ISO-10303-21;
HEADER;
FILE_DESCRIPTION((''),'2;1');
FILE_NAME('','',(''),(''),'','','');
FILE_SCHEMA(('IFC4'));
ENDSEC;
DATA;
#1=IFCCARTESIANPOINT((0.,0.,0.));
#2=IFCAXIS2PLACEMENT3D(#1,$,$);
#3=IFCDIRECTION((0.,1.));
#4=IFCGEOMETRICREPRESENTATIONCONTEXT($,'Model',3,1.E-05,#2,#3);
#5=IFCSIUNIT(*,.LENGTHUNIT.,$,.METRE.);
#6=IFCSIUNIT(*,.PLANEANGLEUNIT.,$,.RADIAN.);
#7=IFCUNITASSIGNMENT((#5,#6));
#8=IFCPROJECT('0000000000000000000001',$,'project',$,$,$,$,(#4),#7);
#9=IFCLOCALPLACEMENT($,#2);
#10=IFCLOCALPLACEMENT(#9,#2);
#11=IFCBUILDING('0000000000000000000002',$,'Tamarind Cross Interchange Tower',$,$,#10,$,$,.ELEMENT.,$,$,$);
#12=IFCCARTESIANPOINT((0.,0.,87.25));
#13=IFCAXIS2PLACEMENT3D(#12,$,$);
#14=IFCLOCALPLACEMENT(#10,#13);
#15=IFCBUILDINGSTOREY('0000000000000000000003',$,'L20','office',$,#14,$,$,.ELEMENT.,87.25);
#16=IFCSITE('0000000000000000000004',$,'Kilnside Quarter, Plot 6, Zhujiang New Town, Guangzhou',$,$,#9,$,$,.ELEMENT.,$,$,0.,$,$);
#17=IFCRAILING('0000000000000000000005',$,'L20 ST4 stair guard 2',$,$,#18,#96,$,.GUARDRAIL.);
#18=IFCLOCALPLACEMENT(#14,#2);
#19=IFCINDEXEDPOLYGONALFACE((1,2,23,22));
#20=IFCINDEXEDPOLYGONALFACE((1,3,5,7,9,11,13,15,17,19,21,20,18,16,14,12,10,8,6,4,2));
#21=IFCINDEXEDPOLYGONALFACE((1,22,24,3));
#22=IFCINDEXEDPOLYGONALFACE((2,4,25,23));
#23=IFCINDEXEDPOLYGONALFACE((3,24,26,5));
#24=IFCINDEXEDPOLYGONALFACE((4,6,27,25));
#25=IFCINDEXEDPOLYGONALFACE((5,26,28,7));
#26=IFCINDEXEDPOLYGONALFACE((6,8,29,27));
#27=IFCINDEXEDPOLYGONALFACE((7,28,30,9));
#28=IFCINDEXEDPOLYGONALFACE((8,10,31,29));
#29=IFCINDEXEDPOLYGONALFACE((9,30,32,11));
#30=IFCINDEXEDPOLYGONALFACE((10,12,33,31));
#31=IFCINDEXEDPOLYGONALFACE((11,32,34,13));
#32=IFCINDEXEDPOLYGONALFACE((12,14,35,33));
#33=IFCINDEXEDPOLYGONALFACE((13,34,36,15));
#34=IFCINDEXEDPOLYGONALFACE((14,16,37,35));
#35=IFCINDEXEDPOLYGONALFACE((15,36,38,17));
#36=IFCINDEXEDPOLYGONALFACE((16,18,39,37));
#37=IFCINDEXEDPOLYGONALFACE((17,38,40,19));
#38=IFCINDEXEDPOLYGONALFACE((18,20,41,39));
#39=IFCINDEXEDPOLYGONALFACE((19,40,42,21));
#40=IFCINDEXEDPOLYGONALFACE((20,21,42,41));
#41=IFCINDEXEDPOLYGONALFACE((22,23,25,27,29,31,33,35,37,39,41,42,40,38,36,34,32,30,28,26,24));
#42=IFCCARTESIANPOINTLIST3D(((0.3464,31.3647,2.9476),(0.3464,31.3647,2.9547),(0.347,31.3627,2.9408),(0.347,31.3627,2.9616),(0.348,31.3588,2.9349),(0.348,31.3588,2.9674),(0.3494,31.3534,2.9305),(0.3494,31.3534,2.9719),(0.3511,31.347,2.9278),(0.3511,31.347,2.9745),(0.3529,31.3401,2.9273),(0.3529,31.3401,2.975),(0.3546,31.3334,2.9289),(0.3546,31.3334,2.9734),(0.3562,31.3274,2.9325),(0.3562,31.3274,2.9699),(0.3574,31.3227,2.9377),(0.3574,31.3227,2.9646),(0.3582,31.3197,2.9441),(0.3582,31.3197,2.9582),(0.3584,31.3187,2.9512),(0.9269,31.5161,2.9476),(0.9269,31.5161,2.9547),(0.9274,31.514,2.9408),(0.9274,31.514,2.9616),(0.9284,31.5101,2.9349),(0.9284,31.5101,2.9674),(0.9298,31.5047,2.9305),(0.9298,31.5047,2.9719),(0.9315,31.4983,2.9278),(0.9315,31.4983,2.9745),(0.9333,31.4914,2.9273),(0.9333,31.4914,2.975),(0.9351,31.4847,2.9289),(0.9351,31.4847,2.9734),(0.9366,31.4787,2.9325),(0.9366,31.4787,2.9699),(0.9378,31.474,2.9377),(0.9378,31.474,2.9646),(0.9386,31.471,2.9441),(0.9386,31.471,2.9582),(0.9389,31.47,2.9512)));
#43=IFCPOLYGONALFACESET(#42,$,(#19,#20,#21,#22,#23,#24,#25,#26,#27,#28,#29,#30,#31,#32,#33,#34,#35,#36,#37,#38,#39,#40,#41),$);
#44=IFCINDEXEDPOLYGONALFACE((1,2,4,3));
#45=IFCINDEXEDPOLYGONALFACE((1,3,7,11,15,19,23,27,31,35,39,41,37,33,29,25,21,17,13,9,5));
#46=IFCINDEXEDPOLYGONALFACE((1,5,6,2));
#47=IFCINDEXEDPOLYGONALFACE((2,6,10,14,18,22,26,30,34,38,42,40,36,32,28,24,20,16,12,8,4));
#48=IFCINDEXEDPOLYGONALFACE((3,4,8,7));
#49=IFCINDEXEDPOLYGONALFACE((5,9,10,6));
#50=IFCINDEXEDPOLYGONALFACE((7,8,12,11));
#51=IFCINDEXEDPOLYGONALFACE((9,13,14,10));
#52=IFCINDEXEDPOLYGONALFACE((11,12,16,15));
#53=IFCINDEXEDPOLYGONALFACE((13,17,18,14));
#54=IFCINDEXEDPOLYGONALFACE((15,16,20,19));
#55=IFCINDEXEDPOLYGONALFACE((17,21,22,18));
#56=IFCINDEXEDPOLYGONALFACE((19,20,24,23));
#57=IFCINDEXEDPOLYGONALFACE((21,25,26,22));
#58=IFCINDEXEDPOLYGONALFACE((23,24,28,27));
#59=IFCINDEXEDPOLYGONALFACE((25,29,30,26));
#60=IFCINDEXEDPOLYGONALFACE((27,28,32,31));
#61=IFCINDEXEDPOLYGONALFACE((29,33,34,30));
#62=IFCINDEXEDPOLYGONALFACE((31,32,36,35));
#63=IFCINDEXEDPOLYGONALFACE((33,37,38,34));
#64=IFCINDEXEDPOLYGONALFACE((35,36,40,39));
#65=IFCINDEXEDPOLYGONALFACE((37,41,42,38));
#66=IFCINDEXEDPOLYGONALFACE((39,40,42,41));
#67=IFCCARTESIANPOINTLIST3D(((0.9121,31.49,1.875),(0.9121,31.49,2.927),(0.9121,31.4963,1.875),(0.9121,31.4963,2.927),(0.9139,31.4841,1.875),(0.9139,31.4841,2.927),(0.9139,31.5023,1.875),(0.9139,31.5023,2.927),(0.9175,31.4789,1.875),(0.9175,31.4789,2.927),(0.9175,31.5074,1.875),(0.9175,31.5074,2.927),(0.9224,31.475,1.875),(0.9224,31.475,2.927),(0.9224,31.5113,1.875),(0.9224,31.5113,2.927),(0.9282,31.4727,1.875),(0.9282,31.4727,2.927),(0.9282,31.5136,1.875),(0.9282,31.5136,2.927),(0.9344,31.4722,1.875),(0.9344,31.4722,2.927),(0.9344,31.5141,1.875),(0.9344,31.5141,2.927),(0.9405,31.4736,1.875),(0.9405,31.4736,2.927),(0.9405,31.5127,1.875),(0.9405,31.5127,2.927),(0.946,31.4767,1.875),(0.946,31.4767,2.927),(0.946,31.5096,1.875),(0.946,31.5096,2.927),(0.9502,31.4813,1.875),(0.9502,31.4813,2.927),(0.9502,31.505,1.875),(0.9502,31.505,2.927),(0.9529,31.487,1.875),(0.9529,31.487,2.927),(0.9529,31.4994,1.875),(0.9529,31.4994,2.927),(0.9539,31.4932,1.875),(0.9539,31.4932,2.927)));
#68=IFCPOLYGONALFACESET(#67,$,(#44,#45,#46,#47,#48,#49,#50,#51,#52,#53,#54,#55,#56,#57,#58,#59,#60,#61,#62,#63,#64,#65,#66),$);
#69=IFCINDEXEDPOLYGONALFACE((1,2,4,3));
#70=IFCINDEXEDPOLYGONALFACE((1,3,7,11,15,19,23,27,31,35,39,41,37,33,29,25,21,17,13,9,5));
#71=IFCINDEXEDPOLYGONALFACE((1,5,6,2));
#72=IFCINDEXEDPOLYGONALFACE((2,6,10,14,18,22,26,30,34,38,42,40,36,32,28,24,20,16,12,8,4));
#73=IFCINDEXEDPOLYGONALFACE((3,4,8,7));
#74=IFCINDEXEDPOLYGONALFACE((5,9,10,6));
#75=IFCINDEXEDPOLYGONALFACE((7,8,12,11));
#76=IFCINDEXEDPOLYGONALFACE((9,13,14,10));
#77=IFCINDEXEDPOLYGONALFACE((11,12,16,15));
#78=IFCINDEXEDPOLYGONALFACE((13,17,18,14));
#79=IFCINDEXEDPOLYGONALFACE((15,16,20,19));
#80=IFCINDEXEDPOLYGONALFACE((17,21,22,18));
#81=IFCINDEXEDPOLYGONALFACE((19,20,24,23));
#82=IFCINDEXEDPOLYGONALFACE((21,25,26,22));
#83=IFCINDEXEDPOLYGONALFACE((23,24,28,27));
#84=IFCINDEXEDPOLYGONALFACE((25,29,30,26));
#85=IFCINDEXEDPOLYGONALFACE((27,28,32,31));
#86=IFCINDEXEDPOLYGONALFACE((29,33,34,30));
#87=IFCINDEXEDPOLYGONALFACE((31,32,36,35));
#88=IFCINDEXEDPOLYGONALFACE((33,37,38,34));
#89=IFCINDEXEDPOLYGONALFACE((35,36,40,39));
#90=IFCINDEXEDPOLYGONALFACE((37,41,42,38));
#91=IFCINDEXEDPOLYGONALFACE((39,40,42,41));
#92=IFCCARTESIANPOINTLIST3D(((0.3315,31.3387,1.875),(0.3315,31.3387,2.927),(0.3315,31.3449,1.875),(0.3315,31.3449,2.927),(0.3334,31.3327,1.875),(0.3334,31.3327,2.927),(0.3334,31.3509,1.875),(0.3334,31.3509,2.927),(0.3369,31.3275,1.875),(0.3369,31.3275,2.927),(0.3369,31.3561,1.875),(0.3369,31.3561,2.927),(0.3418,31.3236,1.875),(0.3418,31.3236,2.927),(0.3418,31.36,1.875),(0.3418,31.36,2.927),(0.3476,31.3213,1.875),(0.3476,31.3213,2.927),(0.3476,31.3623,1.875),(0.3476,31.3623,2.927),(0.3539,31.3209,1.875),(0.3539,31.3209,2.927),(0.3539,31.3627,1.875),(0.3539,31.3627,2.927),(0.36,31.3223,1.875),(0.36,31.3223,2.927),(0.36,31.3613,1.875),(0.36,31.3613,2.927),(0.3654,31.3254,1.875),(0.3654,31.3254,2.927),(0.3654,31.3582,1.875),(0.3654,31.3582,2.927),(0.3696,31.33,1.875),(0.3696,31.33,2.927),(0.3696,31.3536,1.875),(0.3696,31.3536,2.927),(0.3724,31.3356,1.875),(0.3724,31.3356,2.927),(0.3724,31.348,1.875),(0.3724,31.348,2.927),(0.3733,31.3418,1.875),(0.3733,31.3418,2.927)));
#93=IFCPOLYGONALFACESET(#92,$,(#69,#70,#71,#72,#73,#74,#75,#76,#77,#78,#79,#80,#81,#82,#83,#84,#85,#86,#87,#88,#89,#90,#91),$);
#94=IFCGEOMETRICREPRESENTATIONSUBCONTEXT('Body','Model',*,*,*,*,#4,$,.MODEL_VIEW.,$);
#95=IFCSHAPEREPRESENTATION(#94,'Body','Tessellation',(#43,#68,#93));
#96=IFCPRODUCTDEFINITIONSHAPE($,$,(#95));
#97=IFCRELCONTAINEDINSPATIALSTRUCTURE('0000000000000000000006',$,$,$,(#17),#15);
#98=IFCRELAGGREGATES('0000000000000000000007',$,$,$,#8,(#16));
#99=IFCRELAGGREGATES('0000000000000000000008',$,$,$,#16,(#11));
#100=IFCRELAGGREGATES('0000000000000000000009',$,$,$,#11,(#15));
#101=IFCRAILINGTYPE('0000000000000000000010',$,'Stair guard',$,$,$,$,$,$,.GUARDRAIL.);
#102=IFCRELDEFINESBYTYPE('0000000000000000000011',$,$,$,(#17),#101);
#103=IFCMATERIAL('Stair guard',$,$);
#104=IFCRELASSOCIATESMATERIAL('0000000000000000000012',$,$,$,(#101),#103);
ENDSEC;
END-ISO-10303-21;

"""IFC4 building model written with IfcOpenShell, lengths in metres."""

from ifc_helpers import new_model, si_unit, direction, frame, origin, origin_2d, place, context, subcontext, project, spatial, circle, extrude, material, type_object, element, save


model = new_model("IFC4")

# Units and contexts
model_context = context("Model", 3, precision=1e-05, world=origin(), true_north=direction((0.0, 1.0)))
body_context = subcontext(model_context, "Body", "Model", "MODEL_VIEW")
ifc_project = project(units=[si_unit("LENGTHUNIT", "METRE"), si_unit("PLANEANGLEUNIT", "RADIAN")], contexts=[model_context])

# Site, building, storey
site_placement = place(None, origin())
site = spatial("IfcSite", under=ifc_project, at=site_placement, Name="Kilnside Quarter, Plot 6, Zhujiang New Town, Guangzhou", CompositionType="ELEMENT", RefElevation=0.0)
building_placement = place(site_placement, origin())
building = spatial("IfcBuilding", under=site, at=building_placement, Name="Tamarind Cross Interchange Tower", CompositionType="ELEMENT")
storey_placement = place(building_placement, frame((0.0, 0.0, 87.25)))
storey = spatial("IfcBuildingStorey", under=building, at=storey_placement, Name="L20", Description="office", CompositionType="ELEMENT", Elevation=87.25)

# Railing
ifc_material_1 = material(Name="Stair guard")
railing_type_1 = type_object("IfcRailingType", Name="Stair guard", PredefinedType="GUARDRAIL", material=ifc_material_1)
railing_1_placement = place(storey_placement, frame((0.9329, 31.4932, 1.875)))
element("IfcRailing", 1, at=railing_1_placement, inside=storey, type_object=railing_type_1, Name="L20 ST4 stair guard 2", PredefinedType="GUARDRAIL", context=body_context, shape_type="SweptSolid", body=[
    extrude(circle(Radius=0.0239, at=origin_2d()), frame((0.0, 0.0, 1.0762), z_axis=(-0.967652, -0.252289, 0.0), x_axis=(0.252289, -0.967652, 0.0)), (0.0, 0.0, 1.0), 0.5999),
    extrude(circle(Radius=0.021, at=origin_2d()), origin(), (0.0, 0.0, 1.0), 1.052),
    extrude(circle(Radius=0.021, at=origin_2d()), frame((-0.5806, -0.1514, 0.0)), (0.0, 0.0, 1.0), 1.052),
])

save(model, "model.ifc")
